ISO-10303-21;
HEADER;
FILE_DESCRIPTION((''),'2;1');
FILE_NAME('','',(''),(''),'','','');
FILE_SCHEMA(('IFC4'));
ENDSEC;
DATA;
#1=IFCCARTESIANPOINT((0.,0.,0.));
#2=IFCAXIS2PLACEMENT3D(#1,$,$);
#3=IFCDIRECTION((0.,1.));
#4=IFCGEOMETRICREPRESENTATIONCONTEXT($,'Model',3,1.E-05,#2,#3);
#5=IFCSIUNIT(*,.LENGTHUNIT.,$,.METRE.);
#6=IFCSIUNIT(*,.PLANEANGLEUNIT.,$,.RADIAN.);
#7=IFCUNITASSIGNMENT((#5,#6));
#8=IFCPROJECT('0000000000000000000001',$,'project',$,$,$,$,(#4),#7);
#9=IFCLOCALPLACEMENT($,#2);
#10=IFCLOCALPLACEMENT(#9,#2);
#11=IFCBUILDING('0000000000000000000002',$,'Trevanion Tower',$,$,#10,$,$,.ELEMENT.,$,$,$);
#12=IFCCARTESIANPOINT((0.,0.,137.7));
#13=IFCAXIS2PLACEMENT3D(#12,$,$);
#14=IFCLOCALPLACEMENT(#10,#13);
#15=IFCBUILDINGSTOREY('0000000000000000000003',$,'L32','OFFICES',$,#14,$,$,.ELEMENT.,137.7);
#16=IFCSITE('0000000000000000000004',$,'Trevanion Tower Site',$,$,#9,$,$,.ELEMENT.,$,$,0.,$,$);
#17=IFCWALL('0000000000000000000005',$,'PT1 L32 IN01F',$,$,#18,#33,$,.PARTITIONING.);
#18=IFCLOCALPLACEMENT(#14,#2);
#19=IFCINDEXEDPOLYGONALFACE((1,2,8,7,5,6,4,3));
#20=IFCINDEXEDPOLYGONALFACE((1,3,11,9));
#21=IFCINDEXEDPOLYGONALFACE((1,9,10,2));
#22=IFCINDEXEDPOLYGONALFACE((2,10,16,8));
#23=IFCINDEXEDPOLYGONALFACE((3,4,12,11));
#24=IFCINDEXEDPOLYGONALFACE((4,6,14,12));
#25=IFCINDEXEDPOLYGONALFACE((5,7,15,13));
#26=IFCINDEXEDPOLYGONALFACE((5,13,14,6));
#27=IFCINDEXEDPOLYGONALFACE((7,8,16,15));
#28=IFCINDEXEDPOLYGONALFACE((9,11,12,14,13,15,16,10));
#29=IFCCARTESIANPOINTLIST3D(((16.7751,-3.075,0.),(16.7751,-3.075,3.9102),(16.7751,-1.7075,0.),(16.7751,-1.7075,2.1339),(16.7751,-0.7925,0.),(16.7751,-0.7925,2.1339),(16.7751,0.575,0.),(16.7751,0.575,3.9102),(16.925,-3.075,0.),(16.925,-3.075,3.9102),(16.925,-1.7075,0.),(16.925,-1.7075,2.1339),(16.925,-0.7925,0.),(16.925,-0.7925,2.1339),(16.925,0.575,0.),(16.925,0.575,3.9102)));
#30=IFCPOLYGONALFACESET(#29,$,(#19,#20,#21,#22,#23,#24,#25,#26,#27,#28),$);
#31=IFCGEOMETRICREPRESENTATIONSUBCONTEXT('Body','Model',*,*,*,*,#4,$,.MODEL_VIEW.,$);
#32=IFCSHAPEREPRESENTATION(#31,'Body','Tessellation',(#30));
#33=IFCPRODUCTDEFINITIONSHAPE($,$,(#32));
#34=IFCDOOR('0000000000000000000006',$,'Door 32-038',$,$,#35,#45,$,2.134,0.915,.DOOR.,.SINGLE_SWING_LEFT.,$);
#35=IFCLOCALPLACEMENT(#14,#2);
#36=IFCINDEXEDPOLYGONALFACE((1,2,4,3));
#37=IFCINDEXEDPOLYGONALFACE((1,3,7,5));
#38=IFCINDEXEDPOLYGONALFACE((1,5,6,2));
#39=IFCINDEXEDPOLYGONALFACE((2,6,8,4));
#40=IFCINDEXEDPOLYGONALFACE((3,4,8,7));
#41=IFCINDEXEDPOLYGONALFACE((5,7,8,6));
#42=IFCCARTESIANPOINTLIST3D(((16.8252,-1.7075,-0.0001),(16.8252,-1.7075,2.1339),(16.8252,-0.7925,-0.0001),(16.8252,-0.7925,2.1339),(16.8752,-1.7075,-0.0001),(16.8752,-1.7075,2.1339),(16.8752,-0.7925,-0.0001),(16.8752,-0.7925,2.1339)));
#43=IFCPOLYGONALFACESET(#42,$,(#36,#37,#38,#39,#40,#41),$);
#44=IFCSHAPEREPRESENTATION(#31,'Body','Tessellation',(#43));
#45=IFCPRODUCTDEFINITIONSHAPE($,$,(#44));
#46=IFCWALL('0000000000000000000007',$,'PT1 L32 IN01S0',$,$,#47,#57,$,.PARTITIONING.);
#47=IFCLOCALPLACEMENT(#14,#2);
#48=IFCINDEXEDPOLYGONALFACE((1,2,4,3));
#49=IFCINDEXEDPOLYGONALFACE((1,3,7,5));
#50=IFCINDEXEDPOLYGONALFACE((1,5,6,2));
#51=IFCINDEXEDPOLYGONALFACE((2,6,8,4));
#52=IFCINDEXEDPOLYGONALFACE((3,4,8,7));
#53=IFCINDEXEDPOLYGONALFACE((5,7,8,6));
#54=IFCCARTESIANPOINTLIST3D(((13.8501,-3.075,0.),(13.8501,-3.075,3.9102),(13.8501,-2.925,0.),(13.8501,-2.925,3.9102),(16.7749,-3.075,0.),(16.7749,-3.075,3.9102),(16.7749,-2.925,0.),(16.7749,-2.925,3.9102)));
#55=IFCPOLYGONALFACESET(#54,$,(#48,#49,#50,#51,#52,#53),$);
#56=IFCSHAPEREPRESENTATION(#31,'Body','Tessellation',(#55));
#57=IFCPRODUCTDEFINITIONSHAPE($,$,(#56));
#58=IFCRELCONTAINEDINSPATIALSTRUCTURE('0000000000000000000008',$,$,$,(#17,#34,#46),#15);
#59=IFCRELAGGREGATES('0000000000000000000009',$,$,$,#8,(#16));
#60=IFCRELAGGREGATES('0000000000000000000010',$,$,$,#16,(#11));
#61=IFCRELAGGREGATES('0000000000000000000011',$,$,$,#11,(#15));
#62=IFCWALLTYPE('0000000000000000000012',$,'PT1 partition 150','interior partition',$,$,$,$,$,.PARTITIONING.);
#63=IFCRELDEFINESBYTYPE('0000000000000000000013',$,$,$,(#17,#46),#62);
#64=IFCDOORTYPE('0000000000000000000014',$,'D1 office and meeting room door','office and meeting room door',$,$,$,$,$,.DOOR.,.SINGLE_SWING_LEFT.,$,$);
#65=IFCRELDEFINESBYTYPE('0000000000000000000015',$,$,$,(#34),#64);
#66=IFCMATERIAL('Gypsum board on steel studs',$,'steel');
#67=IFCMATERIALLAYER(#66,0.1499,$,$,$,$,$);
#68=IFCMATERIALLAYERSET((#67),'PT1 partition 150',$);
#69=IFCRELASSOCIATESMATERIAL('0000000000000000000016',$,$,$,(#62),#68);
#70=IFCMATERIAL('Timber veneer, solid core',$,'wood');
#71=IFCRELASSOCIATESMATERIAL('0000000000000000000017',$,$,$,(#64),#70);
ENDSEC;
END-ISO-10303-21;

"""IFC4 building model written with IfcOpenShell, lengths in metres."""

from ifc_helpers import new_model, si_unit, direction, frame, frame_2d, origin, place, context, subcontext, project, spatial, rectangle, extrude, material, layer, layer_set, type_object, element, fill, save


model = new_model("IFC4")

# Units and contexts
model_context = context("Model", 3, precision=1e-05, world=origin(), true_north=direction((0.0, 1.0)))
body_context = subcontext(model_context, "Body", "Model", "MODEL_VIEW")
ifc_project = project(units=[si_unit("LENGTHUNIT", "METRE"), si_unit("PLANEANGLEUNIT", "RADIAN")], contexts=[model_context])

# Site, building, storey
site_placement = place(None, origin())
site = spatial("IfcSite", under=ifc_project, at=site_placement, Name="Trevanion Tower Site", CompositionType="ELEMENT", RefElevation=0.0)
building_placement = place(site_placement, origin())
building = spatial("IfcBuilding", under=site, at=building_placement, Name="Trevanion Tower", CompositionType="ELEMENT")
storey_placement = place(building_placement, frame((0.0, 0.0, 137.7)))
storey = spatial("IfcBuildingStorey", under=building, at=storey_placement, Name="L32", Description="OFFICES", CompositionType="ELEMENT", Elevation=137.7)

# Shared definitions
ifc_material_1 = material(Name="Gypsum board on steel studs", Category="steel")
ifc_layer_1 = layer(ifc_material_1, 0.1499)
ifc_layer_set_1 = layer_set([ifc_layer_1], Name="PT1 partition 150")
wall_type = type_object("IfcWallType", Name="PT1 partition 150", Description="interior partition", PredefinedType="PARTITIONING", material=ifc_layer_set_1)
ifc_material_2 = material(Name="Timber veneer, solid core", Category="wood")
door_type = type_object("IfcDoorType", Name="D1 office and meeting room door", Description="office and meeting room door", OperationType="SINGLE_SWING_LEFT", PredefinedType="DOOR", material=ifc_material_2)

# Wall, opening, door
wall_1_placement = place(storey_placement, frame((16.8501, -3.075, 0.0), z_axis=(0.0, 0.0, 1.0), x_axis=(0.0, 1.0, 0.0)))
wall_1 = element("IfcWall", 1, at=wall_1_placement, inside=storey, type_object=wall_type, Name="PT1 L32 IN01F", PredefinedType="PARTITIONING", context=body_context, shape_type="SweptSolid", body=[
    extrude(rectangle(XDim=3.6499, YDim=0.1499, at=frame_2d((1.825, 0.0))), origin(), (0.0, 0.0, 1.0), 3.9102),
])
opening_1_placement = place(wall_1_placement, frame((1.3674, 0.0, 0.0)))
opening_1 = element("IfcOpeningElement", 2, at=opening_1_placement, cuts=wall_1, PredefinedType="OPENING", context=body_context, shape_type="SweptSolid", body=[
    extrude(rectangle(XDim=0.915, YDim=2.134, at=frame_2d((0.4575, 1.0669))), frame((0.0, 0.085, 0.0), z_axis=(0.0, -1.0, 0.0), x_axis=(1.0, 0.0, 0.0)), (0.0, 0.0, 1.0), 0.1699),
])
door_1_placement = place(opening_1_placement, origin())
door_1 = element("IfcDoor", 3, at=door_1_placement, inside=storey, type_object=door_type, Name="Door 32-038", OperationType="SINGLE_SWING_LEFT", OverallHeight=2.134, OverallWidth=0.915, PredefinedType="DOOR", context=body_context, shape_type="SweptSolid", body=[
    extrude(rectangle(XDim=0.915, YDim=2.134, at=frame_2d((0.4575, 1.0669))), frame((0.0, 0.0249, 0.0), z_axis=(0.0, -1.0, 0.0), x_axis=(1.0, 0.0, 0.0)), (0.0, 0.0, 1.0), 0.05),
])
fill(opening_1, door_1)

# Wall
wall_2_placement = place(storey_placement, frame((16.7749, -3.0, 0.0), z_axis=(0.0, 0.0, 1.0), x_axis=(-1.0, 0.0, 0.0)))
element("IfcWall", 4, at=wall_2_placement, inside=storey, type_object=wall_type, Name="PT1 L32 IN01S0", PredefinedType="PARTITIONING", context=body_context, shape_type="SweptSolid", body=[
    extrude(rectangle(XDim=2.9248, YDim=0.1499, at=frame_2d((1.4624, 0.0))), origin(), (0.0, 0.0, 1.0), 3.9102),
])

save(model, "model.ifc")
